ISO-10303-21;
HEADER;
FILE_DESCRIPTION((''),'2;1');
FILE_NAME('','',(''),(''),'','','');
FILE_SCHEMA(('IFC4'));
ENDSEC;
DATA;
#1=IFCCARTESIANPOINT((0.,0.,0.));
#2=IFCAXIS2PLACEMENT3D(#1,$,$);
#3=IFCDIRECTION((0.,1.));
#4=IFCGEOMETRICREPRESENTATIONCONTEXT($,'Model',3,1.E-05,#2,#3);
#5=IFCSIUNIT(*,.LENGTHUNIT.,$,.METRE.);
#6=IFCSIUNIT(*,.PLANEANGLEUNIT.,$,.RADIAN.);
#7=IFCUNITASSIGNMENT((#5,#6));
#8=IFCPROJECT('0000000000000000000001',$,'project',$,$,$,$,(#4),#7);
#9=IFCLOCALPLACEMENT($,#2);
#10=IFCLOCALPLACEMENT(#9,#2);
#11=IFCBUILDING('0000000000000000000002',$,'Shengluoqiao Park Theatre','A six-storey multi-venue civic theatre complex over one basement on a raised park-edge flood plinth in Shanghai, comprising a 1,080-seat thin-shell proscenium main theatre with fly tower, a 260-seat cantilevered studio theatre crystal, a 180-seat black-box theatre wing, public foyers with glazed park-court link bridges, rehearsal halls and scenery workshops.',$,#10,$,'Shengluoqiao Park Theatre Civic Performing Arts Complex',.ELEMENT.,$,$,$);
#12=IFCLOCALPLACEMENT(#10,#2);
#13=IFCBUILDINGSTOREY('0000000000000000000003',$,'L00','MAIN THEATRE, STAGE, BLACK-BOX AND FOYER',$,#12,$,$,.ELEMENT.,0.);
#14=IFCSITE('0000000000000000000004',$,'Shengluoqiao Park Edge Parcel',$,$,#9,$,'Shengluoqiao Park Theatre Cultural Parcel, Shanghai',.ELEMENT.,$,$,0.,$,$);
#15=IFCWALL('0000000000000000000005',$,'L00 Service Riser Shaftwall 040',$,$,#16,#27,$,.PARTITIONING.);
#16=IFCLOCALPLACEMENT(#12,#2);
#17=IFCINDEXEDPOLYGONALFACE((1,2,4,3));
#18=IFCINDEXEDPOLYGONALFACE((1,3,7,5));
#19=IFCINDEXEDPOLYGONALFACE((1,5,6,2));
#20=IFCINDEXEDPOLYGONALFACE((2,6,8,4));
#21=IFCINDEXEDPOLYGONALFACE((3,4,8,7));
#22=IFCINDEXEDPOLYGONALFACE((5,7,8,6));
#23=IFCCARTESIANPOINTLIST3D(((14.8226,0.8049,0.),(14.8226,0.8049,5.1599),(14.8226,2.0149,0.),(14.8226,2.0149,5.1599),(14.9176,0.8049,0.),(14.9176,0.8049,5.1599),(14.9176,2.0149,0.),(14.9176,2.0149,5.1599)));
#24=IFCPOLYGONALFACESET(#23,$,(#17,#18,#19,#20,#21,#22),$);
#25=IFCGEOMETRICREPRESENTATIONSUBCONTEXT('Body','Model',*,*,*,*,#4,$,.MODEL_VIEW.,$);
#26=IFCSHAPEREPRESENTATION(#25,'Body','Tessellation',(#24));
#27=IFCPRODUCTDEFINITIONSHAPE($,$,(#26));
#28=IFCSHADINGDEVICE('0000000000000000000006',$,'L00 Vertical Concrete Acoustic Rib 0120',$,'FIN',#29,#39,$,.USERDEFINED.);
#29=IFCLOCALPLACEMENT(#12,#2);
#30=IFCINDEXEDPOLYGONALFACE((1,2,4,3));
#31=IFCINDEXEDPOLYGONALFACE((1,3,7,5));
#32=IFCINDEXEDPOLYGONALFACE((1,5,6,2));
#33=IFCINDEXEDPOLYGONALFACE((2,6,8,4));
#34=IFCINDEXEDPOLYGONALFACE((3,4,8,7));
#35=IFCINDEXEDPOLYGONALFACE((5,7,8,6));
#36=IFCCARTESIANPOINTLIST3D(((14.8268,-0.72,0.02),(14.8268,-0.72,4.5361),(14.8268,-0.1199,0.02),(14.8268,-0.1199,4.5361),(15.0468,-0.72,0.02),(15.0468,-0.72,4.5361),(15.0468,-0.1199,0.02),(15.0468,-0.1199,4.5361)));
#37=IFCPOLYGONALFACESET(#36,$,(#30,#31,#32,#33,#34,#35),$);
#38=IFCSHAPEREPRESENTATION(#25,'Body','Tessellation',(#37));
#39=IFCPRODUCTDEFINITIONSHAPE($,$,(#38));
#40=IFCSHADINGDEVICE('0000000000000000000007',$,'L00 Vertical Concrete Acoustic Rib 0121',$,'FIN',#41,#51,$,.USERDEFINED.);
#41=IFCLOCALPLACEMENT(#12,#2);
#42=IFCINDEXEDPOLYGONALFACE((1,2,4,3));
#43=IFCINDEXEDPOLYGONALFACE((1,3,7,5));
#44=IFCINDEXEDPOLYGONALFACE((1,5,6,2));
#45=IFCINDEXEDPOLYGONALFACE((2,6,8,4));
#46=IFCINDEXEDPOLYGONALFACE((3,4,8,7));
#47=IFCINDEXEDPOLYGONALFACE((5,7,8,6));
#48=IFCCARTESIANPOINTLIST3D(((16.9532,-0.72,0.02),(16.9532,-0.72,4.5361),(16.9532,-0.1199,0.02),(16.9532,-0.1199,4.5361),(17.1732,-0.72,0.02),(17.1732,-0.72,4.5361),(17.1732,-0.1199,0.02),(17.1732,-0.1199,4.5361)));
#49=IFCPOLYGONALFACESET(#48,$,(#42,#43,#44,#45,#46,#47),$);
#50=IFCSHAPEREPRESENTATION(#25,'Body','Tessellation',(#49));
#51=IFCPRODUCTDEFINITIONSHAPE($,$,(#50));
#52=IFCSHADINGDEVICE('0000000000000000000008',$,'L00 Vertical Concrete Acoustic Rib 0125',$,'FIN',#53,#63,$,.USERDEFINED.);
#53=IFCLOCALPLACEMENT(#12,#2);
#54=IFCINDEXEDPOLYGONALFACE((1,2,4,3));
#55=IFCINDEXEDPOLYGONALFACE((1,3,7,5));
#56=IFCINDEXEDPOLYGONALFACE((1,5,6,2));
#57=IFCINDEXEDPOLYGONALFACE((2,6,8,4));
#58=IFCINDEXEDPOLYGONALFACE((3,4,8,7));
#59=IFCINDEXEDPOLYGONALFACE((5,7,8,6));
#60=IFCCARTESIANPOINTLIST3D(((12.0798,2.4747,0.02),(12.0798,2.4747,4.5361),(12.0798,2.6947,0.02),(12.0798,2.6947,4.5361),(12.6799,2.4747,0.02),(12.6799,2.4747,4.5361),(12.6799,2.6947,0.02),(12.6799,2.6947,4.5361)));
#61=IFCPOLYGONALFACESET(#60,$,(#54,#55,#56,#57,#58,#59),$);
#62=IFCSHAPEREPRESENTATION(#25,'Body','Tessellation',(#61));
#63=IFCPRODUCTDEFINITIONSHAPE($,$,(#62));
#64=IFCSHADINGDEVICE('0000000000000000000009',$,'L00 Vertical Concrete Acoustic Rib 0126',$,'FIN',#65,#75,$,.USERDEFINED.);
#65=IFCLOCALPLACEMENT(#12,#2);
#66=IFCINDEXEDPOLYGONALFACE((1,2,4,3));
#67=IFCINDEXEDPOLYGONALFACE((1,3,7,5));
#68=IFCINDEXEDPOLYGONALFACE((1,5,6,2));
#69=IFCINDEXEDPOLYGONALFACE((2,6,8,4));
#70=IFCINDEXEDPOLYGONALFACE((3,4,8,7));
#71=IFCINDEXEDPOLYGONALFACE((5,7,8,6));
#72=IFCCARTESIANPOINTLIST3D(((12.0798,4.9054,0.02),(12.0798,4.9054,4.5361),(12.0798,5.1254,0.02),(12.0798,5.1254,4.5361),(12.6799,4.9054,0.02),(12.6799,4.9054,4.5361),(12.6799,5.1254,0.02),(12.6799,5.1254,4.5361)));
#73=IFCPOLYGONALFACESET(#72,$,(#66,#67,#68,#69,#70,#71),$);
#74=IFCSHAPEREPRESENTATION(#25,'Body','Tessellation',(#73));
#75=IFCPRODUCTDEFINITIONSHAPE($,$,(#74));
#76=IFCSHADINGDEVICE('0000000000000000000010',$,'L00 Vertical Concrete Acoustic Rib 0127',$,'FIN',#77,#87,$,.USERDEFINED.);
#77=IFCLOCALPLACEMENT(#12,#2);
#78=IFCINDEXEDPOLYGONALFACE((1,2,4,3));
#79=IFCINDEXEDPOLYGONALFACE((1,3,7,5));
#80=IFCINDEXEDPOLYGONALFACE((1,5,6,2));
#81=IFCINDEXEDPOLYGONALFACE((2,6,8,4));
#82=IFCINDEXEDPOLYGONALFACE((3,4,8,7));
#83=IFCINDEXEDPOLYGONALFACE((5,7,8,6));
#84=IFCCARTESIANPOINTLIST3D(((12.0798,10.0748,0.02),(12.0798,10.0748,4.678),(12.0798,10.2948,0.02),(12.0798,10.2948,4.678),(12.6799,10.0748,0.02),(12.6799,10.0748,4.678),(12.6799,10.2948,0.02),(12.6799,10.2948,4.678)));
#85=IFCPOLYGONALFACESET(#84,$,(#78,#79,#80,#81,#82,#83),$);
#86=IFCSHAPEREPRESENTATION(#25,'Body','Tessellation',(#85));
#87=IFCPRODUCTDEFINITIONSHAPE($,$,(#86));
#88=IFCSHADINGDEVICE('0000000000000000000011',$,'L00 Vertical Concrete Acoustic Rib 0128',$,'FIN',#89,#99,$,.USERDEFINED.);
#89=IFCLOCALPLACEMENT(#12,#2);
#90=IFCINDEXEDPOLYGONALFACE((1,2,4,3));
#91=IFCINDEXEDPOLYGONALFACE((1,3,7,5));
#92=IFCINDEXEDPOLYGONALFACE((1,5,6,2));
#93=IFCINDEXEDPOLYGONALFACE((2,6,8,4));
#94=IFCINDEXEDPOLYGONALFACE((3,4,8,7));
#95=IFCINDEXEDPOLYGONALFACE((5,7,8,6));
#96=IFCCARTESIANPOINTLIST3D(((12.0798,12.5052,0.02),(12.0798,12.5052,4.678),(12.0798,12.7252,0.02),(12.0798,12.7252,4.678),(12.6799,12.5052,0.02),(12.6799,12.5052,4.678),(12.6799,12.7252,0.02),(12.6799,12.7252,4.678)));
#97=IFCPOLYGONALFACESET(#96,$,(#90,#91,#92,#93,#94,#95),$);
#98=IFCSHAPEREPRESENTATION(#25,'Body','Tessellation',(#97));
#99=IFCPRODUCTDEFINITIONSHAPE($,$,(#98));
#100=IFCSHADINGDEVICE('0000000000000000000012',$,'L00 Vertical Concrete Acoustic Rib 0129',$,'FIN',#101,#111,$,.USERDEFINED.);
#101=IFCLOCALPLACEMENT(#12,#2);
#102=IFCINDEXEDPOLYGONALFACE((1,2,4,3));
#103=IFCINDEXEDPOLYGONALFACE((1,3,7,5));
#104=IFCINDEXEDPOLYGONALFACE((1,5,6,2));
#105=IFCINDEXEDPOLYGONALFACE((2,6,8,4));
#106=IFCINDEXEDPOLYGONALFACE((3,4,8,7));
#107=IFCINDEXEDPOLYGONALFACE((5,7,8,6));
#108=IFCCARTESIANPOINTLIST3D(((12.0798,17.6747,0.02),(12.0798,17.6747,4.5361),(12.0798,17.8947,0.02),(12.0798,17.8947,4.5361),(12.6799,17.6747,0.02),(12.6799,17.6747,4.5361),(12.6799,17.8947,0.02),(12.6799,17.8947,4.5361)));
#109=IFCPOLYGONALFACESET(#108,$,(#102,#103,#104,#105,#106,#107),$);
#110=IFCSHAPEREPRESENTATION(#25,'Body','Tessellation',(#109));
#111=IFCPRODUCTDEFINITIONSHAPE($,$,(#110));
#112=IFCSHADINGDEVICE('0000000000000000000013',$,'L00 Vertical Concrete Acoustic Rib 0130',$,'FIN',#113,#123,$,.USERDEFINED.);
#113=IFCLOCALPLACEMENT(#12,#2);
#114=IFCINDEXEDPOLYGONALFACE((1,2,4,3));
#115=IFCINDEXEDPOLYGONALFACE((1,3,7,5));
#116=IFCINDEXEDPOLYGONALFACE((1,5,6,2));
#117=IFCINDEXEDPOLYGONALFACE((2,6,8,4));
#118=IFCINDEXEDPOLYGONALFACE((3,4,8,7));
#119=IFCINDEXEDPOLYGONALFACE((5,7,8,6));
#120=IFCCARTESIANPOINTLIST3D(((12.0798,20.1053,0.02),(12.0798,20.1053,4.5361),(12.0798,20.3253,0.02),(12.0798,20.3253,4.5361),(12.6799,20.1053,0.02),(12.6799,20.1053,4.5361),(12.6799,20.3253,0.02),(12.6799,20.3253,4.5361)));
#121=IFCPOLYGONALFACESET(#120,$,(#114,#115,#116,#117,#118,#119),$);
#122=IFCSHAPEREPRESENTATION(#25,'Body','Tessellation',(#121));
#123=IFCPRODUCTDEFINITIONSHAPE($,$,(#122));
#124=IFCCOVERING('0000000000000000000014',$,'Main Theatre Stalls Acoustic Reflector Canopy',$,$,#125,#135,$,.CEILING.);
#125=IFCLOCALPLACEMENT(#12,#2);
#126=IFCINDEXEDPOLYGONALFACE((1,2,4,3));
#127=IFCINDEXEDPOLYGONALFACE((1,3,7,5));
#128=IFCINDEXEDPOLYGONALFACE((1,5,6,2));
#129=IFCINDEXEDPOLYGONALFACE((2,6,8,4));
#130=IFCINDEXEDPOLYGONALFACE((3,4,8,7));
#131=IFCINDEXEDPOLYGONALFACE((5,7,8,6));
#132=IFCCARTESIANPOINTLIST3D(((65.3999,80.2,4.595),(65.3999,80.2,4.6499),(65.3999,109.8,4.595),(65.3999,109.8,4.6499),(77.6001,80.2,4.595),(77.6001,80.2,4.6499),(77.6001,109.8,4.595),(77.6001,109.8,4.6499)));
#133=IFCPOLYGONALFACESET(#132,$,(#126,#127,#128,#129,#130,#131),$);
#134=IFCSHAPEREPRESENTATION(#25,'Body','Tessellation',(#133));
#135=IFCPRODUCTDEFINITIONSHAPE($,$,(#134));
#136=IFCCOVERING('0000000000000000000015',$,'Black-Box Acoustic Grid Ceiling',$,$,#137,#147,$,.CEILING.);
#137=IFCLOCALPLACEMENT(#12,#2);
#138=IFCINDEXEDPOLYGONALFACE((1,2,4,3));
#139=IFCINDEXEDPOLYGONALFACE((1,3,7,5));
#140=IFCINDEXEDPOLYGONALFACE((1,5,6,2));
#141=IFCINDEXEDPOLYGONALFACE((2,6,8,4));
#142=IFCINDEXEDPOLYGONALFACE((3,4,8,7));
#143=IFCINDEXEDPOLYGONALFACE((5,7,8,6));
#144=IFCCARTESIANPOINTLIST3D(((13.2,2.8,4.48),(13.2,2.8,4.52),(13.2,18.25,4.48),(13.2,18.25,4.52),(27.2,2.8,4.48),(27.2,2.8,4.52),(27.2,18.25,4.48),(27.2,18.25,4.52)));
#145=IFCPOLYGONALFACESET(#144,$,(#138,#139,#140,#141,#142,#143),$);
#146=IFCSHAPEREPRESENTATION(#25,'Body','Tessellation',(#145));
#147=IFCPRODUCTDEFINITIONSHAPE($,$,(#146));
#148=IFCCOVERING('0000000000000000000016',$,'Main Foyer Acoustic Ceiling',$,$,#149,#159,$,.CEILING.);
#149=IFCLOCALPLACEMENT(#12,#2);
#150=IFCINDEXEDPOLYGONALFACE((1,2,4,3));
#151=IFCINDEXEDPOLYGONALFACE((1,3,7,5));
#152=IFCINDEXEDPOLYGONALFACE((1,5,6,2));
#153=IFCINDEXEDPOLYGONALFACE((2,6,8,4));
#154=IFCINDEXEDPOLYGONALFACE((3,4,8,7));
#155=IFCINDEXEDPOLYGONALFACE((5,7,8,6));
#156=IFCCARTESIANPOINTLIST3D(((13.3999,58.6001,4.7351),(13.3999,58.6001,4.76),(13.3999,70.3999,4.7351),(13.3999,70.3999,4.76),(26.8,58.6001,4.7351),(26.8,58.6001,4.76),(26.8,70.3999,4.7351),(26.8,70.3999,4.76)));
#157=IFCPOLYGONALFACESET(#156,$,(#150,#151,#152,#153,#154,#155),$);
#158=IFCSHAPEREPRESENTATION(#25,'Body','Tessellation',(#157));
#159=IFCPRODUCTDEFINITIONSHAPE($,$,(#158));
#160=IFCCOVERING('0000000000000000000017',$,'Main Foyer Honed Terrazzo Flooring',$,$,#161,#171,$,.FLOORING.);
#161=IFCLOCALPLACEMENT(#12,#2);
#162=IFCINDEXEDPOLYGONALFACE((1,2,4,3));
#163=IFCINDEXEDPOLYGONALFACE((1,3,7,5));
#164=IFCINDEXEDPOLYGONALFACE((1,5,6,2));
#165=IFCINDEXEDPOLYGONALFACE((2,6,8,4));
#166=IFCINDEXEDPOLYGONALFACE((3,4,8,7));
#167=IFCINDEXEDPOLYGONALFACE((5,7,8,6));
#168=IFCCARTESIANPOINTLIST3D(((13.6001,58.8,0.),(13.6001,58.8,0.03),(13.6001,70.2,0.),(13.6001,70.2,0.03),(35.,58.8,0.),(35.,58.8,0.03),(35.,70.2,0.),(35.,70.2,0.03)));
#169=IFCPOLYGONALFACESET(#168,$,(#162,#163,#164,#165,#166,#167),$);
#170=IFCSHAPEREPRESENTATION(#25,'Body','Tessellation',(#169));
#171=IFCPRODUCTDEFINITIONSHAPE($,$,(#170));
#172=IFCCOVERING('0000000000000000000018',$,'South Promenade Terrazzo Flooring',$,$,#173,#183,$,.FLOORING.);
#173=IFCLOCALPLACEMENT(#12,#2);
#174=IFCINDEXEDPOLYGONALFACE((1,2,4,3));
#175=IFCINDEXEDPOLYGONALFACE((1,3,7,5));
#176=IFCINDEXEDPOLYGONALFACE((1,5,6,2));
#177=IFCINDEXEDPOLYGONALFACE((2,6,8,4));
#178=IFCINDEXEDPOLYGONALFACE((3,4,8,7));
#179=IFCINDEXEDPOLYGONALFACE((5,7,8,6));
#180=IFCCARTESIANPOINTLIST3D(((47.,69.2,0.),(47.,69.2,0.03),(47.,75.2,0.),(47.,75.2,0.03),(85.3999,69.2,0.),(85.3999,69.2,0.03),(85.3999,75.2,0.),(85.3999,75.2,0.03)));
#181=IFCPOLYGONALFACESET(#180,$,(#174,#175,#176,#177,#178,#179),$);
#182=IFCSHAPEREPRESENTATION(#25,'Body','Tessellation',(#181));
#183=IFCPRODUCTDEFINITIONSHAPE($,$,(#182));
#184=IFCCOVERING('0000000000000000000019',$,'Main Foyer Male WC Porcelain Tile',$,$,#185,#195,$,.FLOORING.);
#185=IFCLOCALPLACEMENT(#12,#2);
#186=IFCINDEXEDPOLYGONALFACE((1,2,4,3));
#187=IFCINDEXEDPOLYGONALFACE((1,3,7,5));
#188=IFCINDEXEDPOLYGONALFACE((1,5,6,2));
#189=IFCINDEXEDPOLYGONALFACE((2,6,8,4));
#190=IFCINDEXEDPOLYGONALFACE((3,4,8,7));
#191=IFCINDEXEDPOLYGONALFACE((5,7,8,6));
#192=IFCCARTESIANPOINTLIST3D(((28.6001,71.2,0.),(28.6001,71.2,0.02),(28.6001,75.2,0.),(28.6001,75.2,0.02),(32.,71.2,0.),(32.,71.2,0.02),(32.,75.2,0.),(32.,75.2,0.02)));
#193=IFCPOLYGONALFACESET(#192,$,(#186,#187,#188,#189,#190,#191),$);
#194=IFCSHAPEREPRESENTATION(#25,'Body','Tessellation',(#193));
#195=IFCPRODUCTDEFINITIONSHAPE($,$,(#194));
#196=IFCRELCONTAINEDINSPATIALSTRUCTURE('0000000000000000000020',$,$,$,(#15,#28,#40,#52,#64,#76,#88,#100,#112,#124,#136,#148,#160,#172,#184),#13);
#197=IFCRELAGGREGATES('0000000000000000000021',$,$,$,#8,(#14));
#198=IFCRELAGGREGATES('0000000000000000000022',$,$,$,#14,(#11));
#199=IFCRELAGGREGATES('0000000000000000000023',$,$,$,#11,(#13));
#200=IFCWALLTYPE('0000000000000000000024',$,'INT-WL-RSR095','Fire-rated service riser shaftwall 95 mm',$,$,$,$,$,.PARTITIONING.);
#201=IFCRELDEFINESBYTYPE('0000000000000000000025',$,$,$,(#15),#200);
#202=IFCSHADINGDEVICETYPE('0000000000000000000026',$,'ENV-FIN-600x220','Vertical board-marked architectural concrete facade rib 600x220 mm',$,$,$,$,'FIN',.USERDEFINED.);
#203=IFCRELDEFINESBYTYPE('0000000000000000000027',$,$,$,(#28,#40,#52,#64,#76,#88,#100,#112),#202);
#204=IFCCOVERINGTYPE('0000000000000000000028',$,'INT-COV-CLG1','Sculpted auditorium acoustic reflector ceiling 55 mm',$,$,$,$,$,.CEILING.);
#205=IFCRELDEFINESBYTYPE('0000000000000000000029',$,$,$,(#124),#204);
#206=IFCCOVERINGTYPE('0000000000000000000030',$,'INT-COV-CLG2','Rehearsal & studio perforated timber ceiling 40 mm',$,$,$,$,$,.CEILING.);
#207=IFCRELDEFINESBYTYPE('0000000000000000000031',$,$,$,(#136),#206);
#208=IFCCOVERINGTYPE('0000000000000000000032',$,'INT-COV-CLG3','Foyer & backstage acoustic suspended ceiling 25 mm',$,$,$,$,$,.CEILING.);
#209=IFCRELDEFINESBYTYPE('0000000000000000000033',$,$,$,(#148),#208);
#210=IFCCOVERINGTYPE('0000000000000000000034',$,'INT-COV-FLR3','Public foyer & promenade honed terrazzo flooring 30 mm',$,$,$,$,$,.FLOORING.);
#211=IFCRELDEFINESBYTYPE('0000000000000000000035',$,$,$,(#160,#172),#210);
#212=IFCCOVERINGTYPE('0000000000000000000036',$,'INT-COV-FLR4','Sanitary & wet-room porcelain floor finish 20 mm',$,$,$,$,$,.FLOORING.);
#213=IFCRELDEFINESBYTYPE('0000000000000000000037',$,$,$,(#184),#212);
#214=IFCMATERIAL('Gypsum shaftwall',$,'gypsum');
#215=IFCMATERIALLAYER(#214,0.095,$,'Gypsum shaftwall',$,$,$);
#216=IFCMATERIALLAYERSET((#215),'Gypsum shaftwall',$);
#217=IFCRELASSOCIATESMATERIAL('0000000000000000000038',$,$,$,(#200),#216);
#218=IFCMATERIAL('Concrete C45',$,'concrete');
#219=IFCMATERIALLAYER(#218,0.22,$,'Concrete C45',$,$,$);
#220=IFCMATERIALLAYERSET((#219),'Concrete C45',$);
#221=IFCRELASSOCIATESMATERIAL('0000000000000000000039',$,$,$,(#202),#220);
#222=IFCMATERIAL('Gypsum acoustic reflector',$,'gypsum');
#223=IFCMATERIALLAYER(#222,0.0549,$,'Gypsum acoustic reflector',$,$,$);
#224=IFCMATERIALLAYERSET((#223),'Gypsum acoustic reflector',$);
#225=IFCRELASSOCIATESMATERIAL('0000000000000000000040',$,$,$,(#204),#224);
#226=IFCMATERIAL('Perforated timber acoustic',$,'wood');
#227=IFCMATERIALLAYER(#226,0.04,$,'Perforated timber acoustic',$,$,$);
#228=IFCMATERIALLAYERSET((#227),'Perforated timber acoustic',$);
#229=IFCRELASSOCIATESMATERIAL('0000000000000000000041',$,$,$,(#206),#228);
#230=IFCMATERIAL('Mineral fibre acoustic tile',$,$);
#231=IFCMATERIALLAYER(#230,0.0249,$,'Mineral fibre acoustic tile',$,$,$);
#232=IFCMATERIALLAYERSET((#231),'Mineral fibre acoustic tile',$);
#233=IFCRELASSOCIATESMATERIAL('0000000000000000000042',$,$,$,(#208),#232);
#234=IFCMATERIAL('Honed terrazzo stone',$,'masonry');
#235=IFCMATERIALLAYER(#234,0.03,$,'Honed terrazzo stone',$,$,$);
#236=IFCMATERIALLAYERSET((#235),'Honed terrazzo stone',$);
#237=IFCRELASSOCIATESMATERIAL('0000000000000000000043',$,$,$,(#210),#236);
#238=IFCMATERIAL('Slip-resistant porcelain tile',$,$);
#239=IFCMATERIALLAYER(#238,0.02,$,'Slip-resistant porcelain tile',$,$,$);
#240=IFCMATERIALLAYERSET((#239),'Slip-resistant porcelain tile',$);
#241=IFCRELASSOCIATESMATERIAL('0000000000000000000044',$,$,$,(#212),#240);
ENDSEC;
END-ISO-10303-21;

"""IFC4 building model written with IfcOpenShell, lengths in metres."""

from ifc_helpers import new_model, si_unit, direction, frame, frame_2d, origin, origin_2d, place, context, subcontext, project, spatial, polyline, rectangle, outline, extrude, material, layer, layer_set, type_object, element, save


model = new_model("IFC4")

# Units and contexts
model_context = context("Model", 3, precision=1e-05, world=origin(), true_north=direction((0.0, 1.0)))
body_context = subcontext(model_context, "Body", "Model", "MODEL_VIEW")
ifc_project = project(units=[si_unit("LENGTHUNIT", "METRE"), si_unit("PLANEANGLEUNIT", "RADIAN")], contexts=[model_context])

# Site, building, storey
site_placement = place(None, origin())
site = spatial("IfcSite", under=ifc_project, at=site_placement, Name="Shengluoqiao Park Edge Parcel", LongName="Shengluoqiao Park Theatre Cultural Parcel, Shanghai", CompositionType="ELEMENT", RefElevation=0.0)
building_placement = place(site_placement, origin())
building = spatial("IfcBuilding", under=site, at=building_placement, Name="Shengluoqiao Park Theatre", Description="A six-storey multi-venue civic theatre complex over one basement on a raised park-edge flood plinth in Shanghai, comprising a 1,080-seat thin-shell proscenium main theatre with fly tower, a 260-seat cantilevered studio theatre crystal, a 180-seat black-box theatre wing, public foyers with glazed park-court link bridges, rehearsal halls and scenery workshops.", LongName="Shengluoqiao Park Theatre Civic Performing Arts Complex", CompositionType="ELEMENT")
storey_placement = place(building_placement, origin())
storey = spatial("IfcBuildingStorey", under=building, at=storey_placement, Name="L00", Description="MAIN THEATRE, STAGE, BLACK-BOX AND FOYER", CompositionType="ELEMENT", Elevation=0.0)

# Wall
ifc_material_1 = material(Name="Gypsum shaftwall", Category="gypsum")
ifc_layer_1 = layer(ifc_material_1, 0.095, Name="Gypsum shaftwall")
ifc_layer_set_1 = layer_set([ifc_layer_1], Name="Gypsum shaftwall")
wall_type_1 = type_object("IfcWallType", Name="INT-WL-RSR095", Description="Fire-rated service riser shaftwall 95 mm", PredefinedType="PARTITIONING", material=ifc_layer_set_1)
for number, where, z_axis, x_axis, name in (
    (1, (14.8701, 0.8049, 0.0), (0.0, 0.0, 1.0), (0.0, 1.0, 0.0), "L00 Service Riser Shaftwall 040"),
):
    element("IfcWall", number, at=place(storey_placement, frame(where, z_axis=z_axis, x_axis=x_axis)), inside=storey, type_object=wall_type_1, Name=name, PredefinedType="PARTITIONING", context=body_context, shape_type="SweptSolid", body=[
        extrude(rectangle(XDim=1.21, YDim=0.095, at=frame_2d((0.605, 0.0))), origin(), (0.0, 0.0, 1.0), 5.1599),
    ])

# Shading devices
ifc_material_2 = material(Name="Concrete C45", Category="concrete")
ifc_layer_2 = layer(ifc_material_2, 0.22, Name="Concrete C45")
ifc_layer_set_2 = layer_set([ifc_layer_2], Name="Concrete C45")
shading_device_type = type_object("IfcShadingDeviceType", Name="ENV-FIN-600x220", Description="Vertical board-marked architectural concrete facade rib 600x220 mm", ElementType="FIN", PredefinedType="USERDEFINED", material=ifc_layer_set_2)
for number, where, z_axis, x_axis, name in (
    (2, (14.9368, -0.4199, 0.02), (0.0, 0.0, 1.0), (0.0, -1.0, 0.0), "L00 Vertical Concrete Acoustic Rib 0120"),
    (3, (17.0632, -0.4199, 0.02), (0.0, 0.0, 1.0), (0.0, -1.0, 0.0), "L00 Vertical Concrete Acoustic Rib 0121"),
    (4, (12.3799, 2.5847, 0.02), (0.0, 0.0, 1.0), (-1.0, 0.0, 0.0), "L00 Vertical Concrete Acoustic Rib 0125"),
    (5, (12.3799, 5.0154, 0.02), (0.0, 0.0, 1.0), (-1.0, 0.0, 0.0), "L00 Vertical Concrete Acoustic Rib 0126"),
):
    element("IfcShadingDevice", number, at=place(storey_placement, frame(where, z_axis=z_axis, x_axis=x_axis)), inside=storey, type_object=shading_device_type, Name=name, ObjectType="FIN", PredefinedType="USERDEFINED", context=body_context, shape_type="SweptSolid", body=[
        extrude(rectangle(XDim=0.6001, YDim=0.22, at=origin_2d()), origin(), (0.0, 0.0, 1.0), 4.5161),
    ])
for number, where, z_axis, x_axis, name in (
    (6, (12.3799, 10.1848, 0.02), (0.0, 0.0, 1.0), (-1.0, 0.0, 0.0), "L00 Vertical Concrete Acoustic Rib 0127"),
    (7, (12.3799, 12.6152, 0.02), (0.0, 0.0, 1.0), (-1.0, 0.0, 0.0), "L00 Vertical Concrete Acoustic Rib 0128"),
):
    element("IfcShadingDevice", number, at=place(storey_placement, frame(where, z_axis=z_axis, x_axis=x_axis)), inside=storey, type_object=shading_device_type, Name=name, ObjectType="FIN", PredefinedType="USERDEFINED", context=body_context, shape_type="SweptSolid", body=[
        extrude(rectangle(XDim=0.6001, YDim=0.22, at=origin_2d()), origin(), (0.0, 0.0, 1.0), 4.658),
    ])
for number, where, z_axis, x_axis, name in (
    (8, (12.3799, 17.7847, 0.02), (0.0, 0.0, 1.0), (-1.0, 0.0, 0.0), "L00 Vertical Concrete Acoustic Rib 0129"),
    (9, (12.3799, 20.2153, 0.02), (0.0, 0.0, 1.0), (-1.0, 0.0, 0.0), "L00 Vertical Concrete Acoustic Rib 0130"),
):
    element("IfcShadingDevice", number, at=place(storey_placement, frame(where, z_axis=z_axis, x_axis=x_axis)), inside=storey, type_object=shading_device_type, Name=name, ObjectType="FIN", PredefinedType="USERDEFINED", context=body_context, shape_type="SweptSolid", body=[
        extrude(rectangle(XDim=0.6001, YDim=0.22, at=origin_2d()), origin(), (0.0, 0.0, 1.0), 4.5161),
    ])

# Coverings
ifc_material_3 = material(Name="Gypsum acoustic reflector", Category="gypsum")
ifc_layer_3 = layer(ifc_material_3, 0.0549, Name="Gypsum acoustic reflector")
ifc_layer_set_3 = layer_set([ifc_layer_3], Name="Gypsum acoustic reflector")
covering_type_1 = type_object("IfcCoveringType", Name="INT-COV-CLG1", Description="Sculpted auditorium acoustic reflector ceiling 55 mm", PredefinedType="CEILING", material=ifc_layer_set_3)
covering_1_placement = place(storey_placement, frame((0.0, 0.0, 4.595)))
element("IfcCovering", 10, at=covering_1_placement, inside=storey, type_object=covering_type_1, Name="Main Theatre Stalls Acoustic Reflector Canopy", PredefinedType="CEILING", context=body_context, shape_type="SweptSolid", body=[
    extrude(outline(polyline([(65.3999, 80.2), (77.6001, 80.2), (77.6001, 109.8), (65.3999, 109.8), (65.3999, 80.2)])), origin(), (0.0, 0.0, 1.0), 0.0549),
])
ifc_material_4 = material(Name="Perforated timber acoustic", Category="wood")
ifc_layer_4 = layer(ifc_material_4, 0.04, Name="Perforated timber acoustic")
ifc_layer_set_4 = layer_set([ifc_layer_4], Name="Perforated timber acoustic")
covering_type_2 = type_object("IfcCoveringType", Name="INT-COV-CLG2", Description="Rehearsal & studio perforated timber ceiling 40 mm", PredefinedType="CEILING", material=ifc_layer_set_4)
covering_2_placement = place(storey_placement, frame((0.0, 0.0, 4.48)))
element("IfcCovering", 11, at=covering_2_placement, inside=storey, type_object=covering_type_2, Name="Black-Box Acoustic Grid Ceiling", PredefinedType="CEILING", context=body_context, shape_type="SweptSolid", body=[
    extrude(outline(polyline([(13.2, 2.8), (27.2, 2.8), (27.2, 18.25), (13.2, 18.25), (13.2, 2.8)])), origin(), (0.0, 0.0, 1.0), 0.04),
])
ifc_material_5 = material(Name="Mineral fibre acoustic tile")
ifc_layer_5 = layer(ifc_material_5, 0.0249, Name="Mineral fibre acoustic tile")
ifc_layer_set_5 = layer_set([ifc_layer_5], Name="Mineral fibre acoustic tile")
covering_type_3 = type_object("IfcCoveringType", Name="INT-COV-CLG3", Description="Foyer & backstage acoustic suspended ceiling 25 mm", PredefinedType="CEILING", material=ifc_layer_set_5)
covering_3_placement = place(storey_placement, frame((0.0, 0.0, 4.7351)))
element("IfcCovering", 12, at=covering_3_placement, inside=storey, type_object=covering_type_3, Name="Main Foyer Acoustic Ceiling", PredefinedType="CEILING", context=body_context, shape_type="SweptSolid", body=[
    extrude(outline(polyline([(13.3999, 58.6001), (26.8, 58.6001), (26.8, 70.3999), (13.3999, 70.3999), (13.3999, 58.6001)])), origin(), (0.0, 0.0, 1.0), 0.0249),
])
ifc_material_6 = material(Name="Honed terrazzo stone", Category="masonry")
ifc_layer_6 = layer(ifc_material_6, 0.03, Name="Honed terrazzo stone")
ifc_layer_set_6 = layer_set([ifc_layer_6], Name="Honed terrazzo stone")
covering_type_4 = type_object("IfcCoveringType", Name="INT-COV-FLR3", Description="Public foyer & promenade honed terrazzo flooring 30 mm", PredefinedType="FLOORING", material=ifc_layer_set_6)
covering_4_placement = place(storey_placement, origin())
element("IfcCovering", 13, at=covering_4_placement, inside=storey, type_object=covering_type_4, Name="Main Foyer Honed Terrazzo Flooring", PredefinedType="FLOORING", context=body_context, shape_type="SweptSolid", body=[
    extrude(outline(polyline([(13.6001, 58.8), (35.0, 58.8), (35.0, 70.2), (13.6001, 70.2), (13.6001, 58.8)])), origin(), (0.0, 0.0, 1.0), 0.03),
])
covering_5_placement = place(storey_placement, origin())
element("IfcCovering", 14, at=covering_5_placement, inside=storey, type_object=covering_type_4, Name="South Promenade Terrazzo Flooring", PredefinedType="FLOORING", context=body_context, shape_type="SweptSolid", body=[
    extrude(outline(polyline([(47.0, 69.2), (85.3999, 69.2), (85.3999, 75.2), (47.0, 75.2), (47.0, 69.2)])), origin(), (0.0, 0.0, 1.0), 0.03),
])
ifc_material_7 = material(Name="Slip-resistant porcelain tile")
ifc_layer_7 = layer(ifc_material_7, 0.02, Name="Slip-resistant porcelain tile")
ifc_layer_set_7 = layer_set([ifc_layer_7], Name="Slip-resistant porcelain tile")
covering_type_5 = type_object("IfcCoveringType", Name="INT-COV-FLR4", Description="Sanitary & wet-room porcelain floor finish 20 mm", PredefinedType="FLOORING", material=ifc_layer_set_7)
covering_6_placement = place(storey_placement, origin())
element("IfcCovering", 15, at=covering_6_placement, inside=storey, type_object=covering_type_5, Name="Main Foyer Male WC Porcelain Tile", PredefinedType="FLOORING", context=body_context, shape_type="SweptSolid", body=[
    extrude(outline(polyline([(28.6001, 71.2), (32.0, 71.2), (32.0, 75.2), (28.6001, 75.2), (28.6001, 71.2)])), origin(), (0.0, 0.0, 1.0), 0.02),
])

save(model, "model.ifc")
